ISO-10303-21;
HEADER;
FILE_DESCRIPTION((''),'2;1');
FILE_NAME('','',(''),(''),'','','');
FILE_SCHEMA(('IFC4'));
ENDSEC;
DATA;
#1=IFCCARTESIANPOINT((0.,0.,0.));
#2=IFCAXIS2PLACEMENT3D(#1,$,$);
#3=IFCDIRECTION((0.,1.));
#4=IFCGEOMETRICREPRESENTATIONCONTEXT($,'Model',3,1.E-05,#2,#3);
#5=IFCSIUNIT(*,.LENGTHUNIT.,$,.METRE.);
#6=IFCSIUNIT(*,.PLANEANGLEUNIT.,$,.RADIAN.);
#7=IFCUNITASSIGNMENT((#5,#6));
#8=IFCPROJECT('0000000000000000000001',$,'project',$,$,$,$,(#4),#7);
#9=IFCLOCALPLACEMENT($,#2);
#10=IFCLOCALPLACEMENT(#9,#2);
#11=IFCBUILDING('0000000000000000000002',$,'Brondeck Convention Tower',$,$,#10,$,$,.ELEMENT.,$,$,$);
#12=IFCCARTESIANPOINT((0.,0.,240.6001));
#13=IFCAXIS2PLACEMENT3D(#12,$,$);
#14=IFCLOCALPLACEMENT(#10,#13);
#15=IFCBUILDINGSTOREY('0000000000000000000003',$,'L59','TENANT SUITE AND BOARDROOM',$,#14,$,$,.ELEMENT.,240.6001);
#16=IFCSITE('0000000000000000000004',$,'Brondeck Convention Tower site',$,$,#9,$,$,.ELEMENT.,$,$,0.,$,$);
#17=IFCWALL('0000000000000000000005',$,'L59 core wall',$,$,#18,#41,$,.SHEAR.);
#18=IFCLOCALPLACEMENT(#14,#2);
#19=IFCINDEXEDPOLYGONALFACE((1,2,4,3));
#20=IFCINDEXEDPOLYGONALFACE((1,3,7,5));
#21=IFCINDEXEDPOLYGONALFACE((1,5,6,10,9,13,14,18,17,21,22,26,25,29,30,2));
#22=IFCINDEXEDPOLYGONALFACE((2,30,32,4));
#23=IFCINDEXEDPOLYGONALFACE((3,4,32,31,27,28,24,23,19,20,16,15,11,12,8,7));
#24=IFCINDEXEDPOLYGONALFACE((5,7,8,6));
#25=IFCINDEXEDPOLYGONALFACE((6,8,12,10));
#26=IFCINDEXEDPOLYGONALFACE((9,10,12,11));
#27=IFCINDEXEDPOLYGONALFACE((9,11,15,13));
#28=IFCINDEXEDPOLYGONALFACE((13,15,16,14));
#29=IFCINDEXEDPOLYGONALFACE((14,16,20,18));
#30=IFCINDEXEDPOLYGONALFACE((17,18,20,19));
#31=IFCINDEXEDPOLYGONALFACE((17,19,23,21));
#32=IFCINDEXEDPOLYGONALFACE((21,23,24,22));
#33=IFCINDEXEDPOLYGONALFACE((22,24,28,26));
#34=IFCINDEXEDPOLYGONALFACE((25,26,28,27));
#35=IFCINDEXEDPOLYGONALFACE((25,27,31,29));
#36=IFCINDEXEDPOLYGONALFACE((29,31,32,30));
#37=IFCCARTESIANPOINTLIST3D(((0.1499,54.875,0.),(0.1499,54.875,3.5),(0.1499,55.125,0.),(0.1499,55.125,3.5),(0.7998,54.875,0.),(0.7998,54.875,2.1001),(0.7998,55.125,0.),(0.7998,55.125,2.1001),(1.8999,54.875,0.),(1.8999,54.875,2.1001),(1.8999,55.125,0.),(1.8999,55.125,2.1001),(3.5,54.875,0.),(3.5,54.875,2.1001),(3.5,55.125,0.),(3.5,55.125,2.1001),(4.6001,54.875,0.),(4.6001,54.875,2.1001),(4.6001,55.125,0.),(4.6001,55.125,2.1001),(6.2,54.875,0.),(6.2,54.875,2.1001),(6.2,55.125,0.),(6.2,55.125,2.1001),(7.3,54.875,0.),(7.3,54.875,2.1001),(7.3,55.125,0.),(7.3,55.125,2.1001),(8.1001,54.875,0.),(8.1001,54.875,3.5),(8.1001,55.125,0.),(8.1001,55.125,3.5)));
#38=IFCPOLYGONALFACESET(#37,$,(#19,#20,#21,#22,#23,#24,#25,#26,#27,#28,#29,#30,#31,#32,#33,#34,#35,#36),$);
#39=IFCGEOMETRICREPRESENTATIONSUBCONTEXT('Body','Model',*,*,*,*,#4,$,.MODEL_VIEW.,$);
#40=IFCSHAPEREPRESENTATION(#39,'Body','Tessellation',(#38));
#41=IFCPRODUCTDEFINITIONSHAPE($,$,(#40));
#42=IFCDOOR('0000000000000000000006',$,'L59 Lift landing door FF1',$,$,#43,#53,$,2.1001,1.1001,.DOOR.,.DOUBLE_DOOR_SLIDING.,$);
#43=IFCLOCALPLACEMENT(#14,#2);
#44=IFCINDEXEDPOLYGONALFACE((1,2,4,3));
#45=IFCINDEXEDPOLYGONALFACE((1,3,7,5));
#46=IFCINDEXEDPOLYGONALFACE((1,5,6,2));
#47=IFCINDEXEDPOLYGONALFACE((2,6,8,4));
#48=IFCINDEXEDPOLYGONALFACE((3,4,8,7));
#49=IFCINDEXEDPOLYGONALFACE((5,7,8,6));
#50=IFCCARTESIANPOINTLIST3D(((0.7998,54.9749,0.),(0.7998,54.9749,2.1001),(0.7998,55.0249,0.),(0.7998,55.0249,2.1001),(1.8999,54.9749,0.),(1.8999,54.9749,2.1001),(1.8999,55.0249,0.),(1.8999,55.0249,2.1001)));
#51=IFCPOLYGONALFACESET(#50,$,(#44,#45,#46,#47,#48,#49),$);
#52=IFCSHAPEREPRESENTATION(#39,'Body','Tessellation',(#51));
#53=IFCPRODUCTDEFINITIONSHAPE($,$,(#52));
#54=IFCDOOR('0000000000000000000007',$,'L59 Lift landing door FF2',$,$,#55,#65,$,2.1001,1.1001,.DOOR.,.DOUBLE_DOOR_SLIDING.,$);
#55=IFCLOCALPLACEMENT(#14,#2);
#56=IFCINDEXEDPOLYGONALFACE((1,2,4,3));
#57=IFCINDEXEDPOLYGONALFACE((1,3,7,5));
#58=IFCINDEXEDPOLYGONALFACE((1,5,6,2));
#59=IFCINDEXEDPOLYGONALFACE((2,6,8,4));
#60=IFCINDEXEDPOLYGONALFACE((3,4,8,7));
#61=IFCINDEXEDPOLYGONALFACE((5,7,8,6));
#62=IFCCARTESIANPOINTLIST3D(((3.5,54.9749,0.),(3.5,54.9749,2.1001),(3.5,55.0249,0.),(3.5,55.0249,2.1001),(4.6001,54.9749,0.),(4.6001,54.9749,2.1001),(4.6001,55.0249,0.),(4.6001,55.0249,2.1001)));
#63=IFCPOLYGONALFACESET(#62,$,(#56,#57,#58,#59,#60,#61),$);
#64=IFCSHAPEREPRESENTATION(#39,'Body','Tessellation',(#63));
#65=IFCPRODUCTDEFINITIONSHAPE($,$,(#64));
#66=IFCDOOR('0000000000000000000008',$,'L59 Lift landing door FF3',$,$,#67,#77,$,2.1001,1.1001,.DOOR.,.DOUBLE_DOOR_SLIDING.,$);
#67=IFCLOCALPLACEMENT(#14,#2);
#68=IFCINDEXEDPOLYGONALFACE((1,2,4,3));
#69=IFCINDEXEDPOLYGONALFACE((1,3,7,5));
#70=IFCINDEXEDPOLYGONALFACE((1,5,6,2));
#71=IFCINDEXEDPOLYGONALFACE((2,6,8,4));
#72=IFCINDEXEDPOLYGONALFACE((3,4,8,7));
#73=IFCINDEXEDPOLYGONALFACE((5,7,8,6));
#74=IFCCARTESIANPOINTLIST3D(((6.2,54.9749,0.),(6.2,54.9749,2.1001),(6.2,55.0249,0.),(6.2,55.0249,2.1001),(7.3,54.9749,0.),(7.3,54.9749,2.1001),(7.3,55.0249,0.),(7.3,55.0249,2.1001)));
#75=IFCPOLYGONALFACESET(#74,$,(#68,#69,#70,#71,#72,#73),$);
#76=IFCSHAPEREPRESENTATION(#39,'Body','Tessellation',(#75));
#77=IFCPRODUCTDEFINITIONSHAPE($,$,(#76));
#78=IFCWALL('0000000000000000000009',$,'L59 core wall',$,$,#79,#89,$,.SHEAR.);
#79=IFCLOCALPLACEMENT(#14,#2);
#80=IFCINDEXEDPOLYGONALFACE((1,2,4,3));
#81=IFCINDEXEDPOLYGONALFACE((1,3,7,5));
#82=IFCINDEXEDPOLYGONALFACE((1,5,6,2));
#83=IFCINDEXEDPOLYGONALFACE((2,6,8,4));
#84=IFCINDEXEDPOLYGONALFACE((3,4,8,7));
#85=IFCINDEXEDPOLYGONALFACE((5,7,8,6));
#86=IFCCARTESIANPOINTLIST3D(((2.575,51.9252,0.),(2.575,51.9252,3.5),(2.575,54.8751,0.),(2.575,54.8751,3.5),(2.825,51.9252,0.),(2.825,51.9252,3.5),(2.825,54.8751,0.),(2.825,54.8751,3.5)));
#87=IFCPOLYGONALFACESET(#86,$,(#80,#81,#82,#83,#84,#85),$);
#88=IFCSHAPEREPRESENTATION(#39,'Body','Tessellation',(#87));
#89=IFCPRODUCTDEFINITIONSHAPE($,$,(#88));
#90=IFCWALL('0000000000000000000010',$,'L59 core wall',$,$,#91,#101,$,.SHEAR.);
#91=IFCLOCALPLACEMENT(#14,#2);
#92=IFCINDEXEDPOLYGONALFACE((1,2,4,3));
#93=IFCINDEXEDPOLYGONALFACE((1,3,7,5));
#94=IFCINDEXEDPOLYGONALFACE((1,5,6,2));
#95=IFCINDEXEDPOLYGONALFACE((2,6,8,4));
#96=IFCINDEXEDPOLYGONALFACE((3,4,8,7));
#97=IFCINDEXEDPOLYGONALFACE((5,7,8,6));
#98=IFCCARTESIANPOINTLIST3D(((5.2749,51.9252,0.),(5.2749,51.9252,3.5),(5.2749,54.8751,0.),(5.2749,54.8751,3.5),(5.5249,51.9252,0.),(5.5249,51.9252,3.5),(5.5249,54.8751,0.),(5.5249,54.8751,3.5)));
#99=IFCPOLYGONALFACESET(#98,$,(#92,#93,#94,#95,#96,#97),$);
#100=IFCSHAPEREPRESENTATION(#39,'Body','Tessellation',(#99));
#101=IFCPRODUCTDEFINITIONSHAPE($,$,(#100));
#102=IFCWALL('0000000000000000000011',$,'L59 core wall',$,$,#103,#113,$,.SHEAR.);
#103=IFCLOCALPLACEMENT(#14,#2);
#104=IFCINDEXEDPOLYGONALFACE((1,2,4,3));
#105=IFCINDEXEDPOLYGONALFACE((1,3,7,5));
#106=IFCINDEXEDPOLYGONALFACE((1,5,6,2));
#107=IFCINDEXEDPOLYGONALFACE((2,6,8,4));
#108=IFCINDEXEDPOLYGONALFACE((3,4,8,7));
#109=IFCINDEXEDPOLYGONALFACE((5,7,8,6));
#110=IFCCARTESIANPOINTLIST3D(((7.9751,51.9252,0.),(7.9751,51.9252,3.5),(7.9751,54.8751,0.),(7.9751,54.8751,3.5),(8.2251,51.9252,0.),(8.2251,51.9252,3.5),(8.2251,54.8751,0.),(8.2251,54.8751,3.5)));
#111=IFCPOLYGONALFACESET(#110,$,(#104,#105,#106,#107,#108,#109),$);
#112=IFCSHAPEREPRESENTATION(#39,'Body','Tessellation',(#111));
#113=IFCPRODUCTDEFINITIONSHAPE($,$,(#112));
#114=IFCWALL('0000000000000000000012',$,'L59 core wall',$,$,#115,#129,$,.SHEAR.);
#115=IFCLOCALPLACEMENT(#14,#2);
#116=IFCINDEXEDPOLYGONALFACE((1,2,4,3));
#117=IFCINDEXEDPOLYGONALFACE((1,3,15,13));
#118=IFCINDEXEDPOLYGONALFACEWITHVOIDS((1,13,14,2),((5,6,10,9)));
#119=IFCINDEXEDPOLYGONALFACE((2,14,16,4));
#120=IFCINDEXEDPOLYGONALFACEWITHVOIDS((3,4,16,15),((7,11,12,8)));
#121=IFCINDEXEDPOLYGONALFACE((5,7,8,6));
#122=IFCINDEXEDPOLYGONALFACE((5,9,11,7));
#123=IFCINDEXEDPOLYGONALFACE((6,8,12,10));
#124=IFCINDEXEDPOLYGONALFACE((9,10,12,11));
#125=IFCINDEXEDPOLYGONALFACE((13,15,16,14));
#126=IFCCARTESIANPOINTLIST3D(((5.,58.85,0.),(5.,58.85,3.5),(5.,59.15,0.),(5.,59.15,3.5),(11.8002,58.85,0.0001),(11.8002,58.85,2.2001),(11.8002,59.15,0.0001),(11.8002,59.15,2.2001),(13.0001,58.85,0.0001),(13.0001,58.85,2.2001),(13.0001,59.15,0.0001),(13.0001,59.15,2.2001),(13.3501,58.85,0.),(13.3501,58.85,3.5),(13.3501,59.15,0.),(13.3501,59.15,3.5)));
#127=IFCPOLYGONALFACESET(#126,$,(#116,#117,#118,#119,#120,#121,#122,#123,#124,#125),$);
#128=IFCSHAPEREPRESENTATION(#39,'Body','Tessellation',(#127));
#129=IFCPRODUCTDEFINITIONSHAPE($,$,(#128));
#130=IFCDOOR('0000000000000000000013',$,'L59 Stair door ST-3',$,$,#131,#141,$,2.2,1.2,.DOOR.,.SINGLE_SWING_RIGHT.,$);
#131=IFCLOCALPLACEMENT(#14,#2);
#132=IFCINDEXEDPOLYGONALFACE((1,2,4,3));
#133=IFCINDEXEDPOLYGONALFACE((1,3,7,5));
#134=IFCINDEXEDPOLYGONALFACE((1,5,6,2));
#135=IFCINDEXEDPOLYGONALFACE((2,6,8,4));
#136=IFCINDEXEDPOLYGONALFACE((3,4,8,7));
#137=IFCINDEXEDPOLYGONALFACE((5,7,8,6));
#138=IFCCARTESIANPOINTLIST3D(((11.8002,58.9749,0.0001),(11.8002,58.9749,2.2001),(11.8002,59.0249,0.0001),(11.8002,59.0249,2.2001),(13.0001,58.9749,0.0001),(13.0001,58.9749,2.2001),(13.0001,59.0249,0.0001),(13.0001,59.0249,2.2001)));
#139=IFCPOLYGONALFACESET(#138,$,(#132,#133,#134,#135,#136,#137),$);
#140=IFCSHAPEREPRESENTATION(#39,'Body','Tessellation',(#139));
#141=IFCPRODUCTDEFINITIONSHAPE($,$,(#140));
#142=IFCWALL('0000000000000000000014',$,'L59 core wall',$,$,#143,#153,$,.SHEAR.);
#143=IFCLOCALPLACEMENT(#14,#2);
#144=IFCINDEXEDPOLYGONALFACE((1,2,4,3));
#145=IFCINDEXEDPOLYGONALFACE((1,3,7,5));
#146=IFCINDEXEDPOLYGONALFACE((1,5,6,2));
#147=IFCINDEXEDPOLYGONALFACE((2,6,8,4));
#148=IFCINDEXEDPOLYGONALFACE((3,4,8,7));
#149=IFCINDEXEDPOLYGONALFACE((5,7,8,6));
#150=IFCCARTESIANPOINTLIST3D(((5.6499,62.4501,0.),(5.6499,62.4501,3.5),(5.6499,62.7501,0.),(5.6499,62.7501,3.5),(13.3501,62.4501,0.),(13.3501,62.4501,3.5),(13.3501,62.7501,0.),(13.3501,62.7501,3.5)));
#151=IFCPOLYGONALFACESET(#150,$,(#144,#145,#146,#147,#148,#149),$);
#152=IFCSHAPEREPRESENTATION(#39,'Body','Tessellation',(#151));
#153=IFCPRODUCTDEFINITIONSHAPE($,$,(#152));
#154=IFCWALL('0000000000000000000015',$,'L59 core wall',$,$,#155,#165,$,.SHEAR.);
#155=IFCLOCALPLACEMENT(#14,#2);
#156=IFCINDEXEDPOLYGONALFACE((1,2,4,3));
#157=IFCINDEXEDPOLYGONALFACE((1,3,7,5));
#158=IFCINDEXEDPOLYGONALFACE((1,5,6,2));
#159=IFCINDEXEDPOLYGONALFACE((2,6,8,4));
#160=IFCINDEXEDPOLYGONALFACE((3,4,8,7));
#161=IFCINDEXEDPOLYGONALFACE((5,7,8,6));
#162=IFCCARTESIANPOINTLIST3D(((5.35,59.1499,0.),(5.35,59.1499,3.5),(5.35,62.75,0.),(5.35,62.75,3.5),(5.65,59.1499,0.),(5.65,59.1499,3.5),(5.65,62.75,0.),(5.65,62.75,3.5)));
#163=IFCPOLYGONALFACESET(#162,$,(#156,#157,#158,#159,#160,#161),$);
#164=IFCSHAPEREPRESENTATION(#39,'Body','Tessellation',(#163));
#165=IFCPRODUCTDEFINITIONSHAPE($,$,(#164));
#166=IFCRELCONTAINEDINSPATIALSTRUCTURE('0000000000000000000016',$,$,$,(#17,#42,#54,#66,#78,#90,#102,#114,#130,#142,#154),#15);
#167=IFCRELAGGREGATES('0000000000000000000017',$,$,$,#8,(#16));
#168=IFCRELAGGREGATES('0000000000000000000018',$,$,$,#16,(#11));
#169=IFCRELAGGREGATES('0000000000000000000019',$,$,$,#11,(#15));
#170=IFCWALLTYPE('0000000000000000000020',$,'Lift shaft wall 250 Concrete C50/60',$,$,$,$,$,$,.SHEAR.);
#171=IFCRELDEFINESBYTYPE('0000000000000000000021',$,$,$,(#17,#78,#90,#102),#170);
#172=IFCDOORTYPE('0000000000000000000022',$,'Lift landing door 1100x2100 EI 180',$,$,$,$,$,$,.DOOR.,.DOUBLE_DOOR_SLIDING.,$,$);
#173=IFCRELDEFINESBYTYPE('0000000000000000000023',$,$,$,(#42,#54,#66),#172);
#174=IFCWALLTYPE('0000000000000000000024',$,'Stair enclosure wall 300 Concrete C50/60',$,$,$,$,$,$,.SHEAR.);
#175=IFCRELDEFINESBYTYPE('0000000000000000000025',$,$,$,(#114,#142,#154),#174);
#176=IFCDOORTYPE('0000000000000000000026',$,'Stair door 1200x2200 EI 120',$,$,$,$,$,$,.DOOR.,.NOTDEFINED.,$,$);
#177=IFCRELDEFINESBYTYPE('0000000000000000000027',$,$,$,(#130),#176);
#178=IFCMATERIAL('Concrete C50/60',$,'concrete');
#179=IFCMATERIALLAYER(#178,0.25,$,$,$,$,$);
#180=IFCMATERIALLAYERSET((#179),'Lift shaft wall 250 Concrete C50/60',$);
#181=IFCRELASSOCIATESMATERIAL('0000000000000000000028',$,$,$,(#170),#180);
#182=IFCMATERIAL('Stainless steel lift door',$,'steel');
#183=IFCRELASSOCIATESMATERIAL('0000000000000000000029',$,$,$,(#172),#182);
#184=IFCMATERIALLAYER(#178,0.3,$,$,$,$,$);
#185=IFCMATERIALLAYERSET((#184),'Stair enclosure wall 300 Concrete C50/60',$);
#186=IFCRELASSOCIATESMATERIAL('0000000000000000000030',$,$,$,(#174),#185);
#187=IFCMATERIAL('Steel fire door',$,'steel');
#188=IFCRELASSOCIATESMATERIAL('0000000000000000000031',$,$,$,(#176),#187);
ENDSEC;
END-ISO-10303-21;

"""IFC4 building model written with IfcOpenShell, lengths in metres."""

from ifc_helpers import new_model, si_unit, direction, frame, frame_2d, origin, place, context, subcontext, project, spatial, rectangle, extrude, material, layer, layer_set, type_object, element, fill, save


model = new_model("IFC4")

# Units and contexts
model_context = context("Model", 3, precision=1e-05, world=origin(), true_north=direction((0.0, 1.0)))
body_context = subcontext(model_context, "Body", "Model", "MODEL_VIEW")
ifc_project = project(units=[si_unit("LENGTHUNIT", "METRE"), si_unit("PLANEANGLEUNIT", "RADIAN")], contexts=[model_context])

# Site, building, storey
site_placement = place(None, origin())
site = spatial("IfcSite", under=ifc_project, at=site_placement, Name="Brondeck Convention Tower site", CompositionType="ELEMENT", RefElevation=0.0)
building_placement = place(site_placement, origin())
building = spatial("IfcBuilding", under=site, at=building_placement, Name="Brondeck Convention Tower", CompositionType="ELEMENT")
storey_placement = place(building_placement, frame((0.0, 0.0, 240.6001)))
storey = spatial("IfcBuildingStorey", under=building, at=storey_placement, Name="L59", Description="TENANT SUITE AND BOARDROOM", CompositionType="ELEMENT", Elevation=240.6001)

# Shared definitions
ifc_material_1 = material(Name="Concrete C50/60", Category="concrete")

# Wall, openings, doors
ifc_layer_1 = layer(ifc_material_1, 0.25)
ifc_layer_set_1 = layer_set([ifc_layer_1], Name="Lift shaft wall 250 Concrete C50/60")
wall_type_1 = type_object("IfcWallType", Name="Lift shaft wall 250 Concrete C50/60", PredefinedType="SHEAR", material=ifc_layer_set_1)
wall_1_placement = place(storey_placement, frame((0.1499, 55.0, 0.0), z_axis=(0.0, 0.0, 1.0), x_axis=(1.0, 0.0, 0.0)))
wall_1 = element("IfcWall", 1, at=wall_1_placement, inside=storey, type_object=wall_type_1, Name="L59 core wall", PredefinedType="SHEAR", context=body_context, shape_type="SweptSolid", body=[
    extrude(rectangle(XDim=7.9502, YDim=0.25, at=frame_2d((3.9751, 0.0))), origin(), (0.0, 0.0, 1.0), 3.5),
])
opening_1_placement = place(wall_1_placement, frame((0.6499, 0.0, 0.0)))
opening_1 = element("IfcOpeningElement", 2, at=opening_1_placement, cuts=wall_1, PredefinedType="OPENING", context=body_context, shape_type="SweptSolid", body=[
    extrude(rectangle(XDim=1.1001, YDim=2.1001, at=frame_2d((0.55, 1.05))), frame((0.0, 0.135, 0.0), z_axis=(0.0, -1.0, 0.0), x_axis=(1.0, 0.0, 0.0)), (0.0, 0.0, 1.0), 0.27),
])
opening_2_placement = place(wall_1_placement, frame((3.3501, 0.0, 0.0)))
opening_2 = element("IfcOpeningElement", 3, at=opening_2_placement, cuts=wall_1, PredefinedType="OPENING", context=body_context, shape_type="SweptSolid", body=[
    extrude(rectangle(XDim=1.1001, YDim=2.1001, at=frame_2d((0.55, 1.05))), frame((0.0, 0.135, 0.0), z_axis=(0.0, -1.0, 0.0), x_axis=(1.0, 0.0, 0.0)), (0.0, 0.0, 1.0), 0.27),
])
opening_3_placement = place(wall_1_placement, frame((6.05, 0.0, 0.0)))
opening_3 = element("IfcOpeningElement", 4, at=opening_3_placement, cuts=wall_1, PredefinedType="OPENING", context=body_context, shape_type="SweptSolid", body=[
    extrude(rectangle(XDim=1.1001, YDim=2.1001, at=frame_2d((0.55, 1.05))), frame((0.0, 0.135, 0.0), z_axis=(0.0, -1.0, 0.0), x_axis=(1.0, 0.0, 0.0)), (0.0, 0.0, 1.0), 0.27),
])
ifc_material_2 = material(Name="Stainless steel lift door", Category="steel")
door_type_1 = type_object("IfcDoorType", Name="Lift landing door 1100x2100 EI 180", OperationType="DOUBLE_DOOR_SLIDING", PredefinedType="DOOR", material=ifc_material_2)
door_1_placement = place(opening_1_placement, origin())
door_1 = element("IfcDoor", 5, at=door_1_placement, inside=storey, type_object=door_type_1, Name="L59 Lift landing door FF1", OperationType="DOUBLE_DOOR_SLIDING", OverallHeight=2.1001, OverallWidth=1.1001, PredefinedType="DOOR", context=body_context, shape_type="SweptSolid", body=[
    extrude(rectangle(XDim=1.1001, YDim=2.1001, at=frame_2d((0.55, 1.05))), frame((0.0, 0.0249, 0.0), z_axis=(0.0, -1.0, 0.0), x_axis=(1.0, 0.0, 0.0)), (0.0, 0.0, 1.0), 0.05),
])
fill(opening_1, door_1)
door_2_placement = place(opening_2_placement, origin())
door_2 = element("IfcDoor", 6, at=door_2_placement, inside=storey, type_object=door_type_1, Name="L59 Lift landing door FF2", OperationType="DOUBLE_DOOR_SLIDING", OverallHeight=2.1001, OverallWidth=1.1001, PredefinedType="DOOR", context=body_context, shape_type="SweptSolid", body=[
    extrude(rectangle(XDim=1.1001, YDim=2.1001, at=frame_2d((0.55, 1.05))), frame((0.0, 0.0249, 0.0), z_axis=(0.0, -1.0, 0.0), x_axis=(1.0, 0.0, 0.0)), (0.0, 0.0, 1.0), 0.05),
])
fill(opening_2, door_2)
door_3_placement = place(opening_3_placement, origin())
door_3 = element("IfcDoor", 7, at=door_3_placement, inside=storey, type_object=door_type_1, Name="L59 Lift landing door FF3", OperationType="DOUBLE_DOOR_SLIDING", OverallHeight=2.1001, OverallWidth=1.1001, PredefinedType="DOOR", context=body_context, shape_type="SweptSolid", body=[
    extrude(rectangle(XDim=1.1001, YDim=2.1001, at=frame_2d((0.55, 1.05))), frame((0.0, 0.0249, 0.0), z_axis=(0.0, -1.0, 0.0), x_axis=(1.0, 0.0, 0.0)), (0.0, 0.0, 1.0), 0.05),
])
fill(opening_3, door_3)

# Walls
for number, where, z_axis, x_axis, name in (
    (8, (2.7, 51.925, 0.0), (0.0, 0.0, 1.0), (0.0, 1.0, 0.0), "L59 core wall"),
    (9, (5.3999, 51.925, 0.0), (0.0, 0.0, 1.0), (0.0, 1.0, 0.0), "L59 core wall"),
    (10, (8.1001, 51.925, 0.0), (0.0, 0.0, 1.0), (0.0, 1.0, 0.0), "L59 core wall"),
):
    element("IfcWall", number, at=place(storey_placement, frame(where, z_axis=z_axis, x_axis=x_axis)), inside=storey, type_object=wall_type_1, Name=name, PredefinedType="SHEAR", context=body_context, shape_type="SweptSolid", body=[
        extrude(rectangle(XDim=2.95, YDim=0.25, at=frame_2d((1.4751, 0.0))), origin(), (0.0, 0.0, 1.0), 3.5),
    ])

# Wall, opening, door
ifc_layer_2 = layer(ifc_material_1, 0.3)
ifc_layer_set_2 = layer_set([ifc_layer_2], Name="Stair enclosure wall 300 Concrete C50/60")
wall_type_2 = type_object("IfcWallType", Name="Stair enclosure wall 300 Concrete C50/60", PredefinedType="SHEAR", material=ifc_layer_set_2)
wall_2_placement = place(storey_placement, frame((5.0, 59.0, 0.0), z_axis=(0.0, 0.0, 1.0), x_axis=(1.0, 0.0, 0.0)))
wall_2 = element("IfcWall", 11, at=wall_2_placement, inside=storey, type_object=wall_type_2, Name="L59 core wall", PredefinedType="SHEAR", context=body_context, shape_type="SweptSolid", body=[
    extrude(rectangle(XDim=8.3501, YDim=0.3, at=frame_2d((4.175, 0.0))), origin(), (0.0, 0.0, 1.0), 3.5),
])
opening_4_placement = place(wall_2_placement, frame((6.8, 0.0, 0.0)))
opening_4 = element("IfcOpeningElement", 12, at=opening_4_placement, cuts=wall_2, PredefinedType="OPENING", context=body_context, shape_type="SweptSolid", body=[
    extrude(rectangle(XDim=1.2, YDim=2.2, at=frame_2d((0.6001, 1.1001))), frame((0.0, 0.1599, 0.0), z_axis=(0.0, -1.0, 0.0), x_axis=(1.0, 0.0, 0.0)), (0.0, 0.0, 1.0), 0.3201),
])
ifc_material_3 = material(Name="Steel fire door", Category="steel")
door_type_2 = type_object("IfcDoorType", Name="Stair door 1200x2200 EI 120", OperationType="NOTDEFINED", PredefinedType="DOOR", material=ifc_material_3)
door_4_placement = place(opening_4_placement, origin())
door_4 = element("IfcDoor", 13, at=door_4_placement, inside=storey, type_object=door_type_2, Name="L59 Stair door ST-3", OperationType="SINGLE_SWING_RIGHT", OverallHeight=2.2, OverallWidth=1.2, PredefinedType="DOOR", context=body_context, shape_type="SweptSolid", body=[
    extrude(rectangle(XDim=1.2, YDim=2.2, at=frame_2d((0.6001, 1.1001))), frame((0.0, 0.0249, 0.0), z_axis=(0.0, -1.0, 0.0), x_axis=(1.0, 0.0, 0.0)), (0.0, 0.0, 1.0), 0.05),
])
fill(opening_4, door_4)

# Walls
wall_3_placement = place(storey_placement, frame((5.6499, 62.6001, 0.0), z_axis=(0.0, 0.0, 1.0), x_axis=(1.0, 0.0, 0.0)))
element("IfcWall", 14, at=wall_3_placement, inside=storey, type_object=wall_type_2, Name="L59 core wall", PredefinedType="SHEAR", context=body_context, shape_type="SweptSolid", body=[
    extrude(rectangle(XDim=7.7002, YDim=0.3, at=frame_2d((3.8501, 0.0))), origin(), (0.0, 0.0, 1.0), 3.5),
])
wall_4_placement = place(storey_placement, frame((5.5, 59.1499, 0.0), z_axis=(0.0, 0.0, 1.0), x_axis=(0.0, 1.0, 0.0)))
element("IfcWall", 15, at=wall_4_placement, inside=storey, type_object=wall_type_2, Name="L59 core wall", PredefinedType="SHEAR", context=body_context, shape_type="SweptSolid", body=[
    extrude(rectangle(XDim=3.6001, YDim=0.3, at=frame_2d((1.8, 0.0))), origin(), (0.0, 0.0, 1.0), 3.5),
])

save(model, "model.ifc")
